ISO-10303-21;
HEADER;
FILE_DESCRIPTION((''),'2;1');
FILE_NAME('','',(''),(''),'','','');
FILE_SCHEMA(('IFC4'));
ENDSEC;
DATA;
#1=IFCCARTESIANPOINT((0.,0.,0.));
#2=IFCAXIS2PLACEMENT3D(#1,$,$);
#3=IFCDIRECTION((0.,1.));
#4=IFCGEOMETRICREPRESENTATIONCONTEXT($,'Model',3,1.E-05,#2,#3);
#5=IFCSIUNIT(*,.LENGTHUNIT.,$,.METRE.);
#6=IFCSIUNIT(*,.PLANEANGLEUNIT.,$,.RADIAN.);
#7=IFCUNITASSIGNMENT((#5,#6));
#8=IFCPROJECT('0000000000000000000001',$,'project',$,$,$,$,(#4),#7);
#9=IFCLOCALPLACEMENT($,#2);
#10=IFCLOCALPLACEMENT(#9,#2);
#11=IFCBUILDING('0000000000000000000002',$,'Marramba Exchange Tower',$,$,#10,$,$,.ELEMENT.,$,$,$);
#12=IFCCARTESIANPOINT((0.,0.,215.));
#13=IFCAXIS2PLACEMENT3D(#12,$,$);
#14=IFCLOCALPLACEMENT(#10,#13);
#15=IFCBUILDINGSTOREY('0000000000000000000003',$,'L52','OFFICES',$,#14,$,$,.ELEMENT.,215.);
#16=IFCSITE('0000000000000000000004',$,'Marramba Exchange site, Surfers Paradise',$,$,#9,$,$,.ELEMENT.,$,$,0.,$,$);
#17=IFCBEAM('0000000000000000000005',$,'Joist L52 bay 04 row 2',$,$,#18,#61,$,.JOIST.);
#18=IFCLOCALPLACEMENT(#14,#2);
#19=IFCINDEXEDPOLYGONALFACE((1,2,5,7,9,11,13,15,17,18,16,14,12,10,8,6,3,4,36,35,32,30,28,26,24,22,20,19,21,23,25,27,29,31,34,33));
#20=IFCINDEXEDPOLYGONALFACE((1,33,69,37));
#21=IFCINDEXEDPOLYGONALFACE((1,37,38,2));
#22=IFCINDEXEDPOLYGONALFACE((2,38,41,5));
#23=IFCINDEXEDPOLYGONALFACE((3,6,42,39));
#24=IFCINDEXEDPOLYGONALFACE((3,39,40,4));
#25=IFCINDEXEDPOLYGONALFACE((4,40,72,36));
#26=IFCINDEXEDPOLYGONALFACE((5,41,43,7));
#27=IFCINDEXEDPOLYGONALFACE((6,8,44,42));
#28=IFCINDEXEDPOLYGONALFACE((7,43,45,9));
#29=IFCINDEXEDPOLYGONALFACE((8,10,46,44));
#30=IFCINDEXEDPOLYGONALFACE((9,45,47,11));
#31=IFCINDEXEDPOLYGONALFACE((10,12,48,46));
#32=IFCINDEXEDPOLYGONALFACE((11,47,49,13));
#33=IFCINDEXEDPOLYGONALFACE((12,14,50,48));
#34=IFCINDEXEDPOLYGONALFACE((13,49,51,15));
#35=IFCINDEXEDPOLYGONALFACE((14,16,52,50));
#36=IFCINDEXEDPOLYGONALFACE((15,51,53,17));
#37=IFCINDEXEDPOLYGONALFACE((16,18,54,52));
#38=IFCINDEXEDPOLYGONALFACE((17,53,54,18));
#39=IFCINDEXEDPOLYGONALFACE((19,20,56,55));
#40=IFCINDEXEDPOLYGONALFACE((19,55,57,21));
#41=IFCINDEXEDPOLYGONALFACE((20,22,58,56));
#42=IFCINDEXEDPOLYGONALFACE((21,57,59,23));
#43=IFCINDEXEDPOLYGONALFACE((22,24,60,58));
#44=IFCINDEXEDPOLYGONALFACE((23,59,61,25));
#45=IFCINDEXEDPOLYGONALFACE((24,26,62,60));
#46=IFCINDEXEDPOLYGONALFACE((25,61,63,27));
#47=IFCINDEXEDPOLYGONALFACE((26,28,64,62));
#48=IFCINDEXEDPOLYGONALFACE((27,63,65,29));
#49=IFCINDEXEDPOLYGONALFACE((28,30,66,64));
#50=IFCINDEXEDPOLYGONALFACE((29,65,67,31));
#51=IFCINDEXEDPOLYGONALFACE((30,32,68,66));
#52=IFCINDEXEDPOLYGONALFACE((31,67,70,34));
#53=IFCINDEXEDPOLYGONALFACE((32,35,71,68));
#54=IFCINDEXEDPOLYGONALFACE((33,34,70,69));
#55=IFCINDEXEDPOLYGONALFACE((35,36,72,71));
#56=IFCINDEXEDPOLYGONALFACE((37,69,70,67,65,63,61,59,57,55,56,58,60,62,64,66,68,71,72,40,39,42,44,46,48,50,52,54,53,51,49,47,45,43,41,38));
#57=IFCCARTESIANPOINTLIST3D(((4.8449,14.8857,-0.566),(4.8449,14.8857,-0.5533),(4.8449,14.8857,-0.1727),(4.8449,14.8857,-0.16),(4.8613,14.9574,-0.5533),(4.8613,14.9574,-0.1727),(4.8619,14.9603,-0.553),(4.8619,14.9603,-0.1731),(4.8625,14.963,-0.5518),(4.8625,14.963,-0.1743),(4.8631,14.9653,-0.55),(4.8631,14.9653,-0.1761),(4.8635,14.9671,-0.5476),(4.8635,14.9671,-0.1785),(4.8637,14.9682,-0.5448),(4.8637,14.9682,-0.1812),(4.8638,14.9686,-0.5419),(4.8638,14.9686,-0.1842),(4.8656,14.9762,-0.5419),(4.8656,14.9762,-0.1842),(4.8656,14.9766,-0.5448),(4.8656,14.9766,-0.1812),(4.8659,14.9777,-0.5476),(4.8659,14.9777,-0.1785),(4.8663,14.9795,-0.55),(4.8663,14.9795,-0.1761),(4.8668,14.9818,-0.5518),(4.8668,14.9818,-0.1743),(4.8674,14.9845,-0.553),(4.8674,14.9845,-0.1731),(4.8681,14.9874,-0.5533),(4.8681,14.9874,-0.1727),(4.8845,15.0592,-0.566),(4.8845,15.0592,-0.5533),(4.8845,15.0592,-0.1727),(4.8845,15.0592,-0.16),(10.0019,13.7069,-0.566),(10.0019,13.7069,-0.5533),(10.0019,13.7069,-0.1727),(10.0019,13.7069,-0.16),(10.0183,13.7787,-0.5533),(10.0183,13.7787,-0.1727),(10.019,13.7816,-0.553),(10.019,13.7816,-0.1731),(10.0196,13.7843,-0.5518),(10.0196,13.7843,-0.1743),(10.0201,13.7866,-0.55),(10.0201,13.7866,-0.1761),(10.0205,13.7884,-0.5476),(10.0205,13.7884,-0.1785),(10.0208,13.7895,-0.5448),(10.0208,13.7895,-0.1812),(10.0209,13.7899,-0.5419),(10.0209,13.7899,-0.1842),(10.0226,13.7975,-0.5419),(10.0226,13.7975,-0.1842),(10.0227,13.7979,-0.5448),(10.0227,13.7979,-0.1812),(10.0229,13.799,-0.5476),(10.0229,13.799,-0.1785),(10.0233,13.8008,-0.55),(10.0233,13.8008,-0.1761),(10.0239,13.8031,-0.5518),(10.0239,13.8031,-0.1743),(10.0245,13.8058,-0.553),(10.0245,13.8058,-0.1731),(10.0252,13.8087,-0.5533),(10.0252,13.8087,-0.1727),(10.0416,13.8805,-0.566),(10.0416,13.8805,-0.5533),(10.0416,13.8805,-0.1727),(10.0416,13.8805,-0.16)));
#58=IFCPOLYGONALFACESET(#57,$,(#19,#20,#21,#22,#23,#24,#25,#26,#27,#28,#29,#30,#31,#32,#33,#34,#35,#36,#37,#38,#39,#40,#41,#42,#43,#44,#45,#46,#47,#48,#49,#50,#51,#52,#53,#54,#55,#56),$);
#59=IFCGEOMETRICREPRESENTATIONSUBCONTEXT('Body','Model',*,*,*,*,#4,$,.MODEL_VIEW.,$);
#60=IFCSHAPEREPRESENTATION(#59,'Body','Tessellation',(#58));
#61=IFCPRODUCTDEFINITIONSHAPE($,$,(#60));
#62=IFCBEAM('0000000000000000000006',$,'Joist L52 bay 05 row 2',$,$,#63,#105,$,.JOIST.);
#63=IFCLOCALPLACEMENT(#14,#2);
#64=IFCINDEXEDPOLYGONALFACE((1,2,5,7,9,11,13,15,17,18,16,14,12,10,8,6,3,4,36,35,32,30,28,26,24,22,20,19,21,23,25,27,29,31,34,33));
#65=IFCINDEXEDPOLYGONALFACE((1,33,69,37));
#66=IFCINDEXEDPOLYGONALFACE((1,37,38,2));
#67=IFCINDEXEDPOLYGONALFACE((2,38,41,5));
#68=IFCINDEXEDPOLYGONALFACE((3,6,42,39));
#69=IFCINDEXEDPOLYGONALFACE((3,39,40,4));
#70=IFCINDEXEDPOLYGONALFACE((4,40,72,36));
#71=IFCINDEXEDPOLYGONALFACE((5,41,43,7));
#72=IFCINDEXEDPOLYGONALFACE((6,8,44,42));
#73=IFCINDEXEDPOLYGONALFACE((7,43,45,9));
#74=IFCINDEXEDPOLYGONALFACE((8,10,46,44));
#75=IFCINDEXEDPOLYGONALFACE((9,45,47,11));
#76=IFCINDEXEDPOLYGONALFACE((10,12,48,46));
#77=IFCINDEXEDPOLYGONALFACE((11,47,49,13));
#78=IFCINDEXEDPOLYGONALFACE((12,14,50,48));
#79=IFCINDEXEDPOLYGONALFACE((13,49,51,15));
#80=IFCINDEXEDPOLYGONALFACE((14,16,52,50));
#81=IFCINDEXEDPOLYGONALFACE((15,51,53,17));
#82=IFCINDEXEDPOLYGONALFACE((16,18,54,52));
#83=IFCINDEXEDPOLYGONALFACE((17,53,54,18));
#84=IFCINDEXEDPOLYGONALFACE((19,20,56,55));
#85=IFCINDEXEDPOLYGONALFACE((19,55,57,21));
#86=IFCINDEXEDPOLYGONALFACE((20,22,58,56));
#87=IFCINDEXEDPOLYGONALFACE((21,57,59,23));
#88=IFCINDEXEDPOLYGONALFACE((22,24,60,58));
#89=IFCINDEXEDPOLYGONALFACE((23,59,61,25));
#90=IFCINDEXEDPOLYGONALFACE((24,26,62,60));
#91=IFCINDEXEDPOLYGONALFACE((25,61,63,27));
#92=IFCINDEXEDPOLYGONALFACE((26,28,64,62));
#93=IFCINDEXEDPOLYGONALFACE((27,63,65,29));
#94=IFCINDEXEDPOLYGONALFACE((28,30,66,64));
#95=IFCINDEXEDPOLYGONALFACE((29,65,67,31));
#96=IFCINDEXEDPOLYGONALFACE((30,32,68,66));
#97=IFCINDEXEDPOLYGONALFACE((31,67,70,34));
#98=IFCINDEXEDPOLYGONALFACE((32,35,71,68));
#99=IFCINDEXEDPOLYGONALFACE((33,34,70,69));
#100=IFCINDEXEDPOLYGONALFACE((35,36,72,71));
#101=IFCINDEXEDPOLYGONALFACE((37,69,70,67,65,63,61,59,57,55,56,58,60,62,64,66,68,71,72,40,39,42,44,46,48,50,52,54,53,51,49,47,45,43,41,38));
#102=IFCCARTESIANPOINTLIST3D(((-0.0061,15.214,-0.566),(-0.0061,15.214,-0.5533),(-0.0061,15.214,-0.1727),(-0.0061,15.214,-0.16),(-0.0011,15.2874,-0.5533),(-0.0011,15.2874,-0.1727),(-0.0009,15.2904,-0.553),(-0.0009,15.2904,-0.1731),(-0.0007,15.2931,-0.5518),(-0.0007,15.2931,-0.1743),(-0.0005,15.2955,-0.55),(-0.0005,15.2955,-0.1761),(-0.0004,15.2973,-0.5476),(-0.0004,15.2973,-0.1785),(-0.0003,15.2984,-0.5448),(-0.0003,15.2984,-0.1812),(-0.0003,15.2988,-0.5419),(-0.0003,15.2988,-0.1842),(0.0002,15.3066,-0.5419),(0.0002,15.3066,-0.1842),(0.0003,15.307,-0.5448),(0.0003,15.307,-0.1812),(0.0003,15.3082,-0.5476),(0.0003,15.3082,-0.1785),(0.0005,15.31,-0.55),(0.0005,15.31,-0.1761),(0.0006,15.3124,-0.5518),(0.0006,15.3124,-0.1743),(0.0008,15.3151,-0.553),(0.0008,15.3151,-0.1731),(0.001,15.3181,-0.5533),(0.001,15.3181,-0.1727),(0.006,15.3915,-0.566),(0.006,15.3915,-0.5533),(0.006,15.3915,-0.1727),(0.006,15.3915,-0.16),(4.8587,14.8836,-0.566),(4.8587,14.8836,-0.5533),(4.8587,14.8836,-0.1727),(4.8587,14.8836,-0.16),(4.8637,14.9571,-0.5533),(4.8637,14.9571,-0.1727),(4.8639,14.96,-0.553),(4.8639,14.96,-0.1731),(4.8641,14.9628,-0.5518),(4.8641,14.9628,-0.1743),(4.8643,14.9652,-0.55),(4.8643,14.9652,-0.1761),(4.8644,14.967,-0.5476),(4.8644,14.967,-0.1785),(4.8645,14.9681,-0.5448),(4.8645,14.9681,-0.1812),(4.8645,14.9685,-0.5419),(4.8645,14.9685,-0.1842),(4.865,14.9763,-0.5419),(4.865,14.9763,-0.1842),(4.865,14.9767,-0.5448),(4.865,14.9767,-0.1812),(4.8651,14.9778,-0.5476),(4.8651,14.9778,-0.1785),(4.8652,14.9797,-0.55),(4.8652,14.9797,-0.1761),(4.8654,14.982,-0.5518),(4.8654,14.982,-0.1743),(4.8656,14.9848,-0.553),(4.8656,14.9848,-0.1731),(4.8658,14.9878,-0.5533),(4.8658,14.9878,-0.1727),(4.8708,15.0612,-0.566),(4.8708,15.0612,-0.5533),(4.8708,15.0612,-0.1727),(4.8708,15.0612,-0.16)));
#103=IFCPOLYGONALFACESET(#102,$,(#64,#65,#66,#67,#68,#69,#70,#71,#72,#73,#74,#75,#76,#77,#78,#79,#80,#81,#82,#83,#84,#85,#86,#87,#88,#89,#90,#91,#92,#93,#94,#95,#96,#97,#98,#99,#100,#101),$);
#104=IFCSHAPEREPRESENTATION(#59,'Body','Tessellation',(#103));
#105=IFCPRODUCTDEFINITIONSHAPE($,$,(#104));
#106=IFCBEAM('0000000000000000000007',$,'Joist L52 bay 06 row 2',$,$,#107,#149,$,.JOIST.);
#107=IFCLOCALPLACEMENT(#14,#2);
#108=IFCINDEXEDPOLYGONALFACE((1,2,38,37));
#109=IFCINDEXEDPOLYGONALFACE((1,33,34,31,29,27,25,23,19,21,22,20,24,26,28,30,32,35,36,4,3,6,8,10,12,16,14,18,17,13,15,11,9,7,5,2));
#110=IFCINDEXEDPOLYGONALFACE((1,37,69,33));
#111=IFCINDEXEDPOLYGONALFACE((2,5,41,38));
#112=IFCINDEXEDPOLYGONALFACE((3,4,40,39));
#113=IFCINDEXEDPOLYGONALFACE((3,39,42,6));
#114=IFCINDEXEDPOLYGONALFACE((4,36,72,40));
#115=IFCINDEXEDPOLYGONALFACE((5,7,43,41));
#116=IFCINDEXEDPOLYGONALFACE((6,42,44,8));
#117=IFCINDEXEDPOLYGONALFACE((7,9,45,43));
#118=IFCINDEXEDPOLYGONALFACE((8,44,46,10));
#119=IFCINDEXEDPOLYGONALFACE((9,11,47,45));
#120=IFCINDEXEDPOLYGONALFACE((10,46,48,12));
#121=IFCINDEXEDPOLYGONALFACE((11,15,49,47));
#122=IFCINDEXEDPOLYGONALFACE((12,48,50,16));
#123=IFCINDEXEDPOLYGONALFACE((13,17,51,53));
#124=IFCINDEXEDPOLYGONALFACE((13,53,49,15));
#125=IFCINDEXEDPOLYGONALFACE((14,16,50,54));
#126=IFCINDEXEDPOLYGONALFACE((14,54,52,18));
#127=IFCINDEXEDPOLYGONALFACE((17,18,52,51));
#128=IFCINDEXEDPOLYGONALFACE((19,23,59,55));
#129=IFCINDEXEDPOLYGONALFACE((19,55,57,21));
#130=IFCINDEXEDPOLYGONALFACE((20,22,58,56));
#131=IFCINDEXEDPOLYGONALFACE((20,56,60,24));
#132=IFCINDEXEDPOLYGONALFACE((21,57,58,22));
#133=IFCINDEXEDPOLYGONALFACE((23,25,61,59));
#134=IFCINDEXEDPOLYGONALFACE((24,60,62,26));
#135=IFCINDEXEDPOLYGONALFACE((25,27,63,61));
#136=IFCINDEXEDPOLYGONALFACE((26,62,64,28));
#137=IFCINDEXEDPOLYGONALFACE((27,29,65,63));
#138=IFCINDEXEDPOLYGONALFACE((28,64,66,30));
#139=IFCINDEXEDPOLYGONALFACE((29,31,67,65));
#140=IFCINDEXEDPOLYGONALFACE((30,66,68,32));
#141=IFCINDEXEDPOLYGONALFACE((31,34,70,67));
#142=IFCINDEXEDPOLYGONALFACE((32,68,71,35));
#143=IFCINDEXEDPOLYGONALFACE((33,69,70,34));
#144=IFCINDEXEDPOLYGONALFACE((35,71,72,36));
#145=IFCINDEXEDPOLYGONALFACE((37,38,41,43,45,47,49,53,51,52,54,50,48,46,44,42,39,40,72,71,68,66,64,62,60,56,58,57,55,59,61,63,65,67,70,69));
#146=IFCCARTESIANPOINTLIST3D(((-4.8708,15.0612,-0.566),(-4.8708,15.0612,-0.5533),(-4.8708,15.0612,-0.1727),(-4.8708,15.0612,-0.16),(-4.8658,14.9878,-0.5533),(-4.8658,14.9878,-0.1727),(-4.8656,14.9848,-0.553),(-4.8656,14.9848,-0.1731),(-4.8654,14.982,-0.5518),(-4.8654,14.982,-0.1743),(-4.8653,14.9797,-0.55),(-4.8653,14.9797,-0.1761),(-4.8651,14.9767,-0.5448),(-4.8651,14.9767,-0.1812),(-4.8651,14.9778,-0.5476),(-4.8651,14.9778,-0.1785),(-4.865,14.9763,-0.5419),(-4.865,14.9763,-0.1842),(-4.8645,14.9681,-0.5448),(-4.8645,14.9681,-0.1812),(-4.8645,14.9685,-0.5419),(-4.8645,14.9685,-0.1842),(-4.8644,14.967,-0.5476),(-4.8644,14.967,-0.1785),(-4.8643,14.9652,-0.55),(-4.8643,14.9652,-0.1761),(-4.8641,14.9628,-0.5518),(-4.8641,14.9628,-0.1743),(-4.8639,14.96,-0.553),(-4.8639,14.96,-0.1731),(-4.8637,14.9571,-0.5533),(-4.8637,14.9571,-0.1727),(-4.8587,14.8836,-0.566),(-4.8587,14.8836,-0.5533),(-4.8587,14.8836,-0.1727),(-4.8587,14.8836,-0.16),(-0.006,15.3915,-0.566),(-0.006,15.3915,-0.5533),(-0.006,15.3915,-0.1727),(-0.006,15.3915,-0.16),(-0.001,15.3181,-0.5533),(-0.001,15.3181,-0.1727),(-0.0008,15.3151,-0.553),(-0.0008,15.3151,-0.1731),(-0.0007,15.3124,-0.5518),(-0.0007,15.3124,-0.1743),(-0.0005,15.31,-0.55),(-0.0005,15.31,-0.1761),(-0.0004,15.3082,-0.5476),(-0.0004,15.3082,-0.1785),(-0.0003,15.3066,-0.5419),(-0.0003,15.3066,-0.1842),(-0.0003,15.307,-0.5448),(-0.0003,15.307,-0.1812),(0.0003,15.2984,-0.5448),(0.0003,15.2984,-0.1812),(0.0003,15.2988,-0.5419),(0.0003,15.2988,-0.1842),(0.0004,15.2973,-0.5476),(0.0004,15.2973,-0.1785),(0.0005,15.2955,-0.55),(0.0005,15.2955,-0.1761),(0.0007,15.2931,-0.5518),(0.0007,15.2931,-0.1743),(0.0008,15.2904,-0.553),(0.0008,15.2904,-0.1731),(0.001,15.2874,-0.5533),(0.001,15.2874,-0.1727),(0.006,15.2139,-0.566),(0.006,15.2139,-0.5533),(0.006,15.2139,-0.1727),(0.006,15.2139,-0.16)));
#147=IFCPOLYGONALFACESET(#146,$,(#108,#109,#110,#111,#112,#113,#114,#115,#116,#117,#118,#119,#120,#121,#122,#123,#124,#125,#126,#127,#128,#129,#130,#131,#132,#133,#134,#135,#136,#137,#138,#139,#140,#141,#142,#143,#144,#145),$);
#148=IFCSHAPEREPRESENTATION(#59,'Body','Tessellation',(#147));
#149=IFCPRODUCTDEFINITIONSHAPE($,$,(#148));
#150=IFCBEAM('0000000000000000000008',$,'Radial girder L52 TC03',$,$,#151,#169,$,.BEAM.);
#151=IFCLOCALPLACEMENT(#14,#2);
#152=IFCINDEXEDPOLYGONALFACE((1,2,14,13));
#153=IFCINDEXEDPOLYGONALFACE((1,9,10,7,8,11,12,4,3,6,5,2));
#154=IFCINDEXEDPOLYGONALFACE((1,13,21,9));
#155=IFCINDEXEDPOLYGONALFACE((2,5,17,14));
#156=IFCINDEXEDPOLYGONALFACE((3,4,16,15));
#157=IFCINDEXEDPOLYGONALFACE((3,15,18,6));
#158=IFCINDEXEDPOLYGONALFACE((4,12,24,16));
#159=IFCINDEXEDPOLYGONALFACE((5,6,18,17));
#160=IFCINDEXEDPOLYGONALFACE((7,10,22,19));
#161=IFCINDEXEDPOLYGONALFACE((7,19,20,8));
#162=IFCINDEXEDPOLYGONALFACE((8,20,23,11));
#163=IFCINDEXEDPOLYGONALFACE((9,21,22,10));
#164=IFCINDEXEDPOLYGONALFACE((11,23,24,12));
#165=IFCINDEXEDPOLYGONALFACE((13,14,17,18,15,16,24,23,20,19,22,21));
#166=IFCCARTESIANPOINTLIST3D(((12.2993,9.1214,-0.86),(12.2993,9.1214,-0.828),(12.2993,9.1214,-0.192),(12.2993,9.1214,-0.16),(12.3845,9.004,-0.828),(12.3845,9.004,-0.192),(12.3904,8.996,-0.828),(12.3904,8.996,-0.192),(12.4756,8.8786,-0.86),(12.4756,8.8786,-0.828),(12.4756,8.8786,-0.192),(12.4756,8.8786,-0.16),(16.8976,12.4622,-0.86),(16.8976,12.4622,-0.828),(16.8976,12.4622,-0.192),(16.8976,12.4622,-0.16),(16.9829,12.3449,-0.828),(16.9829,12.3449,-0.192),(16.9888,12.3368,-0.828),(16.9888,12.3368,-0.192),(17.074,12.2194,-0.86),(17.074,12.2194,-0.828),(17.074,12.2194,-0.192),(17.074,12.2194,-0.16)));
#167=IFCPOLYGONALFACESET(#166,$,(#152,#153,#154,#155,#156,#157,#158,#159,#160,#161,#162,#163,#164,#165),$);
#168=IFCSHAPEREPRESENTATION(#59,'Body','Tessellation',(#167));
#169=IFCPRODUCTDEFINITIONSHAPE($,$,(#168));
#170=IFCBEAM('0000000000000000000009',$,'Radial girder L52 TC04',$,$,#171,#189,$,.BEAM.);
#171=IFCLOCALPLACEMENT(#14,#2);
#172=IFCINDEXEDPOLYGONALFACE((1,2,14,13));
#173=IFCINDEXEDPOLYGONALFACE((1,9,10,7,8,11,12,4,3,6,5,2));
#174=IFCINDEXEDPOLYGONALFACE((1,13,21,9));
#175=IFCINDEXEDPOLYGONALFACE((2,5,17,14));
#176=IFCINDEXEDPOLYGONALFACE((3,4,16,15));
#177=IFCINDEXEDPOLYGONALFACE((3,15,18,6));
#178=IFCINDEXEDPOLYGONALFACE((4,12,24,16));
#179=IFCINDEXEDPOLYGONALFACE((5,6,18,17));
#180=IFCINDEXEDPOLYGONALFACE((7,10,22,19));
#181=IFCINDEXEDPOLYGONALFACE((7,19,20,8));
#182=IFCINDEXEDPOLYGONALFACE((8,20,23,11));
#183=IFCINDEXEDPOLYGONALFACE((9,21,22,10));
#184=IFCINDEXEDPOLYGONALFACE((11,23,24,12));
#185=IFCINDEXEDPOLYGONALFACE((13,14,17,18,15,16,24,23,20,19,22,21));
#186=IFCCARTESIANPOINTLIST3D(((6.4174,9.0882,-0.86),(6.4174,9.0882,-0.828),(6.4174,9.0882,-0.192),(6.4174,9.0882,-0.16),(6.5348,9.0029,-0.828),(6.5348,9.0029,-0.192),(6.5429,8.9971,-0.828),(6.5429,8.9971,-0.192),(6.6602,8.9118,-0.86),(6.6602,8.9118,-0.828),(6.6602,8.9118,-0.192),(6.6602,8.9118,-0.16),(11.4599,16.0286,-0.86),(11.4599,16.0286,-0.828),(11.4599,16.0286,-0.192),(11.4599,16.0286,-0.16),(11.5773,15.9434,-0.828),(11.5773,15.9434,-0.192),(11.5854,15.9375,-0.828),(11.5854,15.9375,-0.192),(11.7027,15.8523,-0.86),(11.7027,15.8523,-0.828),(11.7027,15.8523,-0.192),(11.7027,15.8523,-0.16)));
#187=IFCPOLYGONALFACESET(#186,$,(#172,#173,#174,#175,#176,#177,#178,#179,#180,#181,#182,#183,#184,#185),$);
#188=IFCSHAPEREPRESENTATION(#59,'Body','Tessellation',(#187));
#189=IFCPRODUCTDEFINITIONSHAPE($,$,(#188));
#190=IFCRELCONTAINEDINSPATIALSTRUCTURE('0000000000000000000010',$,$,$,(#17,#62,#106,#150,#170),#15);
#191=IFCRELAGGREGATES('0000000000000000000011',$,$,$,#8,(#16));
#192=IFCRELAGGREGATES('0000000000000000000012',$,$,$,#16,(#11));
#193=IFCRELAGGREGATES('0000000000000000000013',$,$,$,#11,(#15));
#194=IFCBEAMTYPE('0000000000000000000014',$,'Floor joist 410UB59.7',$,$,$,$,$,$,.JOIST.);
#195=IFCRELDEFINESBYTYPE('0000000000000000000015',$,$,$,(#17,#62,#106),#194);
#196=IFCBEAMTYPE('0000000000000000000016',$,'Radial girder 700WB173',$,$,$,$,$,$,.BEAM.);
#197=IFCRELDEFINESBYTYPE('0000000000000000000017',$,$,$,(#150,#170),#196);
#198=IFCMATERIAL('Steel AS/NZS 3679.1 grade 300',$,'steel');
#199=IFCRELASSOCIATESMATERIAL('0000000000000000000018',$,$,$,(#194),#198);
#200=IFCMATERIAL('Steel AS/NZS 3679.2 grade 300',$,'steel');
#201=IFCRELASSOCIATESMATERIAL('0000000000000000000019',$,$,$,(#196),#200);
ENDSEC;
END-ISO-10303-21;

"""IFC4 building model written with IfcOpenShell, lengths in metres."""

from ifc_helpers import new_model, si_unit, direction, frame, origin, origin_2d, place, context, subcontext, project, spatial, i_section, extrude, material, material_profile, profile_set, type_object, element, save


model = new_model("IFC4")

# Units and contexts
model_context = context("Model", 3, precision=1e-05, world=origin(), true_north=direction((0.0, 1.0)))
body_context = subcontext(model_context, "Body", "Model", "MODEL_VIEW")
ifc_project = project(units=[si_unit("LENGTHUNIT", "METRE"), si_unit("PLANEANGLEUNIT", "RADIAN")], contexts=[model_context])

# Site, building, storey
site_placement = place(None, origin())
site = spatial("IfcSite", under=ifc_project, at=site_placement, Name="Marramba Exchange site, Surfers Paradise", CompositionType="ELEMENT", RefElevation=0.0)
building_placement = place(site_placement, origin())
building = spatial("IfcBuilding", under=site, at=building_placement, Name="Marramba Exchange Tower", CompositionType="ELEMENT")
storey_placement = place(building_placement, frame((0.0, 0.0, 215.0)))
storey = spatial("IfcBuildingStorey", under=building, at=storey_placement, Name="L52", Description="OFFICES", CompositionType="ELEMENT", Elevation=215.0)

# Beams
ifc_material_1 = material(Name="Steel AS/NZS 3679.1 grade 300", Category="steel")
ifc_material_profile_1 = material_profile(ifc_material_1, i_section(OverallWidth=0.178, OverallDepth=0.406, WebThickness=0.0078, FlangeThickness=0.0127, FilletRadius=0.0115, at=origin_2d()), Name="410UB59.7")
ifc_profile_set_1 = profile_set([ifc_material_profile_1], Name="Steel AS/NZS 3679.1 grade 300")
beam_type_1 = type_object("IfcBeamType", Name="Floor joist 410UB59.7", PredefinedType="JOIST", material=ifc_profile_set_1)
beam_1_placement = place(storey_placement, frame((10.0217, 13.7937, -0.363), z_axis=(-0.97486, 0.22282, 0.0), x_axis=(-0.22282, -0.97486, 0.0)))
element("IfcBeam", 1, at=beam_1_placement, inside=storey, type_object=beam_type_1, Name="Joist L52 bay 04 row 2", PredefinedType="JOIST", context=body_context, shape_type="SweptSolid", body=[
    extrude(i_section(OverallWidth=0.178, OverallDepth=0.406, WebThickness=0.0078, FlangeThickness=0.0127, FilletRadius=0.0115, at=origin_2d()), origin(), (0.0, 0.0, 1.0), 5.29),
])
for number, where, z_axis, x_axis, name in (
    (2, (4.8647, 14.9724, -0.363), (-0.997703, 0.067745, 0.0), (-0.067745, -0.997703, 0.0), "Joist L52 bay 05 row 2"),
    (3, (0.0, 15.3027, -0.363), (-0.997703, -0.067745, 0.0), (0.067745, -0.997703, 0.0), "Joist L52 bay 06 row 2"),
):
    element("IfcBeam", number, at=place(storey_placement, frame(where, z_axis=z_axis, x_axis=x_axis)), inside=storey, type_object=beam_type_1, Name=name, PredefinedType="JOIST", context=body_context, shape_type="SweptSolid", body=[
        extrude(i_section(OverallWidth=0.178, OverallDepth=0.406, WebThickness=0.0078, FlangeThickness=0.0127, FilletRadius=0.0115, at=origin_2d()), origin(), (0.0, 0.0, 1.0), 4.876),
    ])
ifc_material_2 = material(Name="Steel AS/NZS 3679.2 grade 300", Category="steel")
ifc_material_profile_2 = material_profile(ifc_material_2, i_section(OverallWidth=0.3, OverallDepth=0.7, WebThickness=0.01, FlangeThickness=0.032, at=origin_2d()), Name="700WB173")
ifc_profile_set_2 = profile_set([ifc_material_profile_2], Name="Steel AS/NZS 3679.2 grade 300")
beam_type_2 = type_object("IfcBeamType", Name="Radial girder 700WB173", PredefinedType="BEAM", material=ifc_profile_set_2)
beam_2_placement = place(storey_placement, frame((12.3875, 9.0, -0.51), z_axis=(0.809026, 0.587773, 0.0), x_axis=(-0.587773, 0.809026, 0.0)))
element("IfcBeam", 4, at=beam_2_placement, inside=storey, type_object=beam_type_2, Name="Radial girder L52 TC03", PredefinedType="BEAM", context=body_context, shape_type="SweptSolid", body=[
    extrude(i_section(OverallWidth=0.3, OverallDepth=0.7, WebThickness=0.01, FlangeThickness=0.032, at=origin_2d()), origin(), (0.0, 0.0, 1.0), 5.6838),
])
beam_3_placement = place(storey_placement, frame((6.5388, 9.0, -0.51), z_axis=(0.587782, 0.809019, 0.0), x_axis=(-0.809019, 0.587782, 0.0)))
element("IfcBeam", 5, at=beam_3_placement, inside=storey, type_object=beam_type_2, Name="Radial girder L52 TC04", PredefinedType="BEAM", context=body_context, shape_type="SweptSolid", body=[
    extrude(i_section(OverallWidth=0.3, OverallDepth=0.7, WebThickness=0.01, FlangeThickness=0.032, at=origin_2d()), origin(), (0.0, 0.0, 1.0), 8.5789),
])

save(model, "model.ifc")
